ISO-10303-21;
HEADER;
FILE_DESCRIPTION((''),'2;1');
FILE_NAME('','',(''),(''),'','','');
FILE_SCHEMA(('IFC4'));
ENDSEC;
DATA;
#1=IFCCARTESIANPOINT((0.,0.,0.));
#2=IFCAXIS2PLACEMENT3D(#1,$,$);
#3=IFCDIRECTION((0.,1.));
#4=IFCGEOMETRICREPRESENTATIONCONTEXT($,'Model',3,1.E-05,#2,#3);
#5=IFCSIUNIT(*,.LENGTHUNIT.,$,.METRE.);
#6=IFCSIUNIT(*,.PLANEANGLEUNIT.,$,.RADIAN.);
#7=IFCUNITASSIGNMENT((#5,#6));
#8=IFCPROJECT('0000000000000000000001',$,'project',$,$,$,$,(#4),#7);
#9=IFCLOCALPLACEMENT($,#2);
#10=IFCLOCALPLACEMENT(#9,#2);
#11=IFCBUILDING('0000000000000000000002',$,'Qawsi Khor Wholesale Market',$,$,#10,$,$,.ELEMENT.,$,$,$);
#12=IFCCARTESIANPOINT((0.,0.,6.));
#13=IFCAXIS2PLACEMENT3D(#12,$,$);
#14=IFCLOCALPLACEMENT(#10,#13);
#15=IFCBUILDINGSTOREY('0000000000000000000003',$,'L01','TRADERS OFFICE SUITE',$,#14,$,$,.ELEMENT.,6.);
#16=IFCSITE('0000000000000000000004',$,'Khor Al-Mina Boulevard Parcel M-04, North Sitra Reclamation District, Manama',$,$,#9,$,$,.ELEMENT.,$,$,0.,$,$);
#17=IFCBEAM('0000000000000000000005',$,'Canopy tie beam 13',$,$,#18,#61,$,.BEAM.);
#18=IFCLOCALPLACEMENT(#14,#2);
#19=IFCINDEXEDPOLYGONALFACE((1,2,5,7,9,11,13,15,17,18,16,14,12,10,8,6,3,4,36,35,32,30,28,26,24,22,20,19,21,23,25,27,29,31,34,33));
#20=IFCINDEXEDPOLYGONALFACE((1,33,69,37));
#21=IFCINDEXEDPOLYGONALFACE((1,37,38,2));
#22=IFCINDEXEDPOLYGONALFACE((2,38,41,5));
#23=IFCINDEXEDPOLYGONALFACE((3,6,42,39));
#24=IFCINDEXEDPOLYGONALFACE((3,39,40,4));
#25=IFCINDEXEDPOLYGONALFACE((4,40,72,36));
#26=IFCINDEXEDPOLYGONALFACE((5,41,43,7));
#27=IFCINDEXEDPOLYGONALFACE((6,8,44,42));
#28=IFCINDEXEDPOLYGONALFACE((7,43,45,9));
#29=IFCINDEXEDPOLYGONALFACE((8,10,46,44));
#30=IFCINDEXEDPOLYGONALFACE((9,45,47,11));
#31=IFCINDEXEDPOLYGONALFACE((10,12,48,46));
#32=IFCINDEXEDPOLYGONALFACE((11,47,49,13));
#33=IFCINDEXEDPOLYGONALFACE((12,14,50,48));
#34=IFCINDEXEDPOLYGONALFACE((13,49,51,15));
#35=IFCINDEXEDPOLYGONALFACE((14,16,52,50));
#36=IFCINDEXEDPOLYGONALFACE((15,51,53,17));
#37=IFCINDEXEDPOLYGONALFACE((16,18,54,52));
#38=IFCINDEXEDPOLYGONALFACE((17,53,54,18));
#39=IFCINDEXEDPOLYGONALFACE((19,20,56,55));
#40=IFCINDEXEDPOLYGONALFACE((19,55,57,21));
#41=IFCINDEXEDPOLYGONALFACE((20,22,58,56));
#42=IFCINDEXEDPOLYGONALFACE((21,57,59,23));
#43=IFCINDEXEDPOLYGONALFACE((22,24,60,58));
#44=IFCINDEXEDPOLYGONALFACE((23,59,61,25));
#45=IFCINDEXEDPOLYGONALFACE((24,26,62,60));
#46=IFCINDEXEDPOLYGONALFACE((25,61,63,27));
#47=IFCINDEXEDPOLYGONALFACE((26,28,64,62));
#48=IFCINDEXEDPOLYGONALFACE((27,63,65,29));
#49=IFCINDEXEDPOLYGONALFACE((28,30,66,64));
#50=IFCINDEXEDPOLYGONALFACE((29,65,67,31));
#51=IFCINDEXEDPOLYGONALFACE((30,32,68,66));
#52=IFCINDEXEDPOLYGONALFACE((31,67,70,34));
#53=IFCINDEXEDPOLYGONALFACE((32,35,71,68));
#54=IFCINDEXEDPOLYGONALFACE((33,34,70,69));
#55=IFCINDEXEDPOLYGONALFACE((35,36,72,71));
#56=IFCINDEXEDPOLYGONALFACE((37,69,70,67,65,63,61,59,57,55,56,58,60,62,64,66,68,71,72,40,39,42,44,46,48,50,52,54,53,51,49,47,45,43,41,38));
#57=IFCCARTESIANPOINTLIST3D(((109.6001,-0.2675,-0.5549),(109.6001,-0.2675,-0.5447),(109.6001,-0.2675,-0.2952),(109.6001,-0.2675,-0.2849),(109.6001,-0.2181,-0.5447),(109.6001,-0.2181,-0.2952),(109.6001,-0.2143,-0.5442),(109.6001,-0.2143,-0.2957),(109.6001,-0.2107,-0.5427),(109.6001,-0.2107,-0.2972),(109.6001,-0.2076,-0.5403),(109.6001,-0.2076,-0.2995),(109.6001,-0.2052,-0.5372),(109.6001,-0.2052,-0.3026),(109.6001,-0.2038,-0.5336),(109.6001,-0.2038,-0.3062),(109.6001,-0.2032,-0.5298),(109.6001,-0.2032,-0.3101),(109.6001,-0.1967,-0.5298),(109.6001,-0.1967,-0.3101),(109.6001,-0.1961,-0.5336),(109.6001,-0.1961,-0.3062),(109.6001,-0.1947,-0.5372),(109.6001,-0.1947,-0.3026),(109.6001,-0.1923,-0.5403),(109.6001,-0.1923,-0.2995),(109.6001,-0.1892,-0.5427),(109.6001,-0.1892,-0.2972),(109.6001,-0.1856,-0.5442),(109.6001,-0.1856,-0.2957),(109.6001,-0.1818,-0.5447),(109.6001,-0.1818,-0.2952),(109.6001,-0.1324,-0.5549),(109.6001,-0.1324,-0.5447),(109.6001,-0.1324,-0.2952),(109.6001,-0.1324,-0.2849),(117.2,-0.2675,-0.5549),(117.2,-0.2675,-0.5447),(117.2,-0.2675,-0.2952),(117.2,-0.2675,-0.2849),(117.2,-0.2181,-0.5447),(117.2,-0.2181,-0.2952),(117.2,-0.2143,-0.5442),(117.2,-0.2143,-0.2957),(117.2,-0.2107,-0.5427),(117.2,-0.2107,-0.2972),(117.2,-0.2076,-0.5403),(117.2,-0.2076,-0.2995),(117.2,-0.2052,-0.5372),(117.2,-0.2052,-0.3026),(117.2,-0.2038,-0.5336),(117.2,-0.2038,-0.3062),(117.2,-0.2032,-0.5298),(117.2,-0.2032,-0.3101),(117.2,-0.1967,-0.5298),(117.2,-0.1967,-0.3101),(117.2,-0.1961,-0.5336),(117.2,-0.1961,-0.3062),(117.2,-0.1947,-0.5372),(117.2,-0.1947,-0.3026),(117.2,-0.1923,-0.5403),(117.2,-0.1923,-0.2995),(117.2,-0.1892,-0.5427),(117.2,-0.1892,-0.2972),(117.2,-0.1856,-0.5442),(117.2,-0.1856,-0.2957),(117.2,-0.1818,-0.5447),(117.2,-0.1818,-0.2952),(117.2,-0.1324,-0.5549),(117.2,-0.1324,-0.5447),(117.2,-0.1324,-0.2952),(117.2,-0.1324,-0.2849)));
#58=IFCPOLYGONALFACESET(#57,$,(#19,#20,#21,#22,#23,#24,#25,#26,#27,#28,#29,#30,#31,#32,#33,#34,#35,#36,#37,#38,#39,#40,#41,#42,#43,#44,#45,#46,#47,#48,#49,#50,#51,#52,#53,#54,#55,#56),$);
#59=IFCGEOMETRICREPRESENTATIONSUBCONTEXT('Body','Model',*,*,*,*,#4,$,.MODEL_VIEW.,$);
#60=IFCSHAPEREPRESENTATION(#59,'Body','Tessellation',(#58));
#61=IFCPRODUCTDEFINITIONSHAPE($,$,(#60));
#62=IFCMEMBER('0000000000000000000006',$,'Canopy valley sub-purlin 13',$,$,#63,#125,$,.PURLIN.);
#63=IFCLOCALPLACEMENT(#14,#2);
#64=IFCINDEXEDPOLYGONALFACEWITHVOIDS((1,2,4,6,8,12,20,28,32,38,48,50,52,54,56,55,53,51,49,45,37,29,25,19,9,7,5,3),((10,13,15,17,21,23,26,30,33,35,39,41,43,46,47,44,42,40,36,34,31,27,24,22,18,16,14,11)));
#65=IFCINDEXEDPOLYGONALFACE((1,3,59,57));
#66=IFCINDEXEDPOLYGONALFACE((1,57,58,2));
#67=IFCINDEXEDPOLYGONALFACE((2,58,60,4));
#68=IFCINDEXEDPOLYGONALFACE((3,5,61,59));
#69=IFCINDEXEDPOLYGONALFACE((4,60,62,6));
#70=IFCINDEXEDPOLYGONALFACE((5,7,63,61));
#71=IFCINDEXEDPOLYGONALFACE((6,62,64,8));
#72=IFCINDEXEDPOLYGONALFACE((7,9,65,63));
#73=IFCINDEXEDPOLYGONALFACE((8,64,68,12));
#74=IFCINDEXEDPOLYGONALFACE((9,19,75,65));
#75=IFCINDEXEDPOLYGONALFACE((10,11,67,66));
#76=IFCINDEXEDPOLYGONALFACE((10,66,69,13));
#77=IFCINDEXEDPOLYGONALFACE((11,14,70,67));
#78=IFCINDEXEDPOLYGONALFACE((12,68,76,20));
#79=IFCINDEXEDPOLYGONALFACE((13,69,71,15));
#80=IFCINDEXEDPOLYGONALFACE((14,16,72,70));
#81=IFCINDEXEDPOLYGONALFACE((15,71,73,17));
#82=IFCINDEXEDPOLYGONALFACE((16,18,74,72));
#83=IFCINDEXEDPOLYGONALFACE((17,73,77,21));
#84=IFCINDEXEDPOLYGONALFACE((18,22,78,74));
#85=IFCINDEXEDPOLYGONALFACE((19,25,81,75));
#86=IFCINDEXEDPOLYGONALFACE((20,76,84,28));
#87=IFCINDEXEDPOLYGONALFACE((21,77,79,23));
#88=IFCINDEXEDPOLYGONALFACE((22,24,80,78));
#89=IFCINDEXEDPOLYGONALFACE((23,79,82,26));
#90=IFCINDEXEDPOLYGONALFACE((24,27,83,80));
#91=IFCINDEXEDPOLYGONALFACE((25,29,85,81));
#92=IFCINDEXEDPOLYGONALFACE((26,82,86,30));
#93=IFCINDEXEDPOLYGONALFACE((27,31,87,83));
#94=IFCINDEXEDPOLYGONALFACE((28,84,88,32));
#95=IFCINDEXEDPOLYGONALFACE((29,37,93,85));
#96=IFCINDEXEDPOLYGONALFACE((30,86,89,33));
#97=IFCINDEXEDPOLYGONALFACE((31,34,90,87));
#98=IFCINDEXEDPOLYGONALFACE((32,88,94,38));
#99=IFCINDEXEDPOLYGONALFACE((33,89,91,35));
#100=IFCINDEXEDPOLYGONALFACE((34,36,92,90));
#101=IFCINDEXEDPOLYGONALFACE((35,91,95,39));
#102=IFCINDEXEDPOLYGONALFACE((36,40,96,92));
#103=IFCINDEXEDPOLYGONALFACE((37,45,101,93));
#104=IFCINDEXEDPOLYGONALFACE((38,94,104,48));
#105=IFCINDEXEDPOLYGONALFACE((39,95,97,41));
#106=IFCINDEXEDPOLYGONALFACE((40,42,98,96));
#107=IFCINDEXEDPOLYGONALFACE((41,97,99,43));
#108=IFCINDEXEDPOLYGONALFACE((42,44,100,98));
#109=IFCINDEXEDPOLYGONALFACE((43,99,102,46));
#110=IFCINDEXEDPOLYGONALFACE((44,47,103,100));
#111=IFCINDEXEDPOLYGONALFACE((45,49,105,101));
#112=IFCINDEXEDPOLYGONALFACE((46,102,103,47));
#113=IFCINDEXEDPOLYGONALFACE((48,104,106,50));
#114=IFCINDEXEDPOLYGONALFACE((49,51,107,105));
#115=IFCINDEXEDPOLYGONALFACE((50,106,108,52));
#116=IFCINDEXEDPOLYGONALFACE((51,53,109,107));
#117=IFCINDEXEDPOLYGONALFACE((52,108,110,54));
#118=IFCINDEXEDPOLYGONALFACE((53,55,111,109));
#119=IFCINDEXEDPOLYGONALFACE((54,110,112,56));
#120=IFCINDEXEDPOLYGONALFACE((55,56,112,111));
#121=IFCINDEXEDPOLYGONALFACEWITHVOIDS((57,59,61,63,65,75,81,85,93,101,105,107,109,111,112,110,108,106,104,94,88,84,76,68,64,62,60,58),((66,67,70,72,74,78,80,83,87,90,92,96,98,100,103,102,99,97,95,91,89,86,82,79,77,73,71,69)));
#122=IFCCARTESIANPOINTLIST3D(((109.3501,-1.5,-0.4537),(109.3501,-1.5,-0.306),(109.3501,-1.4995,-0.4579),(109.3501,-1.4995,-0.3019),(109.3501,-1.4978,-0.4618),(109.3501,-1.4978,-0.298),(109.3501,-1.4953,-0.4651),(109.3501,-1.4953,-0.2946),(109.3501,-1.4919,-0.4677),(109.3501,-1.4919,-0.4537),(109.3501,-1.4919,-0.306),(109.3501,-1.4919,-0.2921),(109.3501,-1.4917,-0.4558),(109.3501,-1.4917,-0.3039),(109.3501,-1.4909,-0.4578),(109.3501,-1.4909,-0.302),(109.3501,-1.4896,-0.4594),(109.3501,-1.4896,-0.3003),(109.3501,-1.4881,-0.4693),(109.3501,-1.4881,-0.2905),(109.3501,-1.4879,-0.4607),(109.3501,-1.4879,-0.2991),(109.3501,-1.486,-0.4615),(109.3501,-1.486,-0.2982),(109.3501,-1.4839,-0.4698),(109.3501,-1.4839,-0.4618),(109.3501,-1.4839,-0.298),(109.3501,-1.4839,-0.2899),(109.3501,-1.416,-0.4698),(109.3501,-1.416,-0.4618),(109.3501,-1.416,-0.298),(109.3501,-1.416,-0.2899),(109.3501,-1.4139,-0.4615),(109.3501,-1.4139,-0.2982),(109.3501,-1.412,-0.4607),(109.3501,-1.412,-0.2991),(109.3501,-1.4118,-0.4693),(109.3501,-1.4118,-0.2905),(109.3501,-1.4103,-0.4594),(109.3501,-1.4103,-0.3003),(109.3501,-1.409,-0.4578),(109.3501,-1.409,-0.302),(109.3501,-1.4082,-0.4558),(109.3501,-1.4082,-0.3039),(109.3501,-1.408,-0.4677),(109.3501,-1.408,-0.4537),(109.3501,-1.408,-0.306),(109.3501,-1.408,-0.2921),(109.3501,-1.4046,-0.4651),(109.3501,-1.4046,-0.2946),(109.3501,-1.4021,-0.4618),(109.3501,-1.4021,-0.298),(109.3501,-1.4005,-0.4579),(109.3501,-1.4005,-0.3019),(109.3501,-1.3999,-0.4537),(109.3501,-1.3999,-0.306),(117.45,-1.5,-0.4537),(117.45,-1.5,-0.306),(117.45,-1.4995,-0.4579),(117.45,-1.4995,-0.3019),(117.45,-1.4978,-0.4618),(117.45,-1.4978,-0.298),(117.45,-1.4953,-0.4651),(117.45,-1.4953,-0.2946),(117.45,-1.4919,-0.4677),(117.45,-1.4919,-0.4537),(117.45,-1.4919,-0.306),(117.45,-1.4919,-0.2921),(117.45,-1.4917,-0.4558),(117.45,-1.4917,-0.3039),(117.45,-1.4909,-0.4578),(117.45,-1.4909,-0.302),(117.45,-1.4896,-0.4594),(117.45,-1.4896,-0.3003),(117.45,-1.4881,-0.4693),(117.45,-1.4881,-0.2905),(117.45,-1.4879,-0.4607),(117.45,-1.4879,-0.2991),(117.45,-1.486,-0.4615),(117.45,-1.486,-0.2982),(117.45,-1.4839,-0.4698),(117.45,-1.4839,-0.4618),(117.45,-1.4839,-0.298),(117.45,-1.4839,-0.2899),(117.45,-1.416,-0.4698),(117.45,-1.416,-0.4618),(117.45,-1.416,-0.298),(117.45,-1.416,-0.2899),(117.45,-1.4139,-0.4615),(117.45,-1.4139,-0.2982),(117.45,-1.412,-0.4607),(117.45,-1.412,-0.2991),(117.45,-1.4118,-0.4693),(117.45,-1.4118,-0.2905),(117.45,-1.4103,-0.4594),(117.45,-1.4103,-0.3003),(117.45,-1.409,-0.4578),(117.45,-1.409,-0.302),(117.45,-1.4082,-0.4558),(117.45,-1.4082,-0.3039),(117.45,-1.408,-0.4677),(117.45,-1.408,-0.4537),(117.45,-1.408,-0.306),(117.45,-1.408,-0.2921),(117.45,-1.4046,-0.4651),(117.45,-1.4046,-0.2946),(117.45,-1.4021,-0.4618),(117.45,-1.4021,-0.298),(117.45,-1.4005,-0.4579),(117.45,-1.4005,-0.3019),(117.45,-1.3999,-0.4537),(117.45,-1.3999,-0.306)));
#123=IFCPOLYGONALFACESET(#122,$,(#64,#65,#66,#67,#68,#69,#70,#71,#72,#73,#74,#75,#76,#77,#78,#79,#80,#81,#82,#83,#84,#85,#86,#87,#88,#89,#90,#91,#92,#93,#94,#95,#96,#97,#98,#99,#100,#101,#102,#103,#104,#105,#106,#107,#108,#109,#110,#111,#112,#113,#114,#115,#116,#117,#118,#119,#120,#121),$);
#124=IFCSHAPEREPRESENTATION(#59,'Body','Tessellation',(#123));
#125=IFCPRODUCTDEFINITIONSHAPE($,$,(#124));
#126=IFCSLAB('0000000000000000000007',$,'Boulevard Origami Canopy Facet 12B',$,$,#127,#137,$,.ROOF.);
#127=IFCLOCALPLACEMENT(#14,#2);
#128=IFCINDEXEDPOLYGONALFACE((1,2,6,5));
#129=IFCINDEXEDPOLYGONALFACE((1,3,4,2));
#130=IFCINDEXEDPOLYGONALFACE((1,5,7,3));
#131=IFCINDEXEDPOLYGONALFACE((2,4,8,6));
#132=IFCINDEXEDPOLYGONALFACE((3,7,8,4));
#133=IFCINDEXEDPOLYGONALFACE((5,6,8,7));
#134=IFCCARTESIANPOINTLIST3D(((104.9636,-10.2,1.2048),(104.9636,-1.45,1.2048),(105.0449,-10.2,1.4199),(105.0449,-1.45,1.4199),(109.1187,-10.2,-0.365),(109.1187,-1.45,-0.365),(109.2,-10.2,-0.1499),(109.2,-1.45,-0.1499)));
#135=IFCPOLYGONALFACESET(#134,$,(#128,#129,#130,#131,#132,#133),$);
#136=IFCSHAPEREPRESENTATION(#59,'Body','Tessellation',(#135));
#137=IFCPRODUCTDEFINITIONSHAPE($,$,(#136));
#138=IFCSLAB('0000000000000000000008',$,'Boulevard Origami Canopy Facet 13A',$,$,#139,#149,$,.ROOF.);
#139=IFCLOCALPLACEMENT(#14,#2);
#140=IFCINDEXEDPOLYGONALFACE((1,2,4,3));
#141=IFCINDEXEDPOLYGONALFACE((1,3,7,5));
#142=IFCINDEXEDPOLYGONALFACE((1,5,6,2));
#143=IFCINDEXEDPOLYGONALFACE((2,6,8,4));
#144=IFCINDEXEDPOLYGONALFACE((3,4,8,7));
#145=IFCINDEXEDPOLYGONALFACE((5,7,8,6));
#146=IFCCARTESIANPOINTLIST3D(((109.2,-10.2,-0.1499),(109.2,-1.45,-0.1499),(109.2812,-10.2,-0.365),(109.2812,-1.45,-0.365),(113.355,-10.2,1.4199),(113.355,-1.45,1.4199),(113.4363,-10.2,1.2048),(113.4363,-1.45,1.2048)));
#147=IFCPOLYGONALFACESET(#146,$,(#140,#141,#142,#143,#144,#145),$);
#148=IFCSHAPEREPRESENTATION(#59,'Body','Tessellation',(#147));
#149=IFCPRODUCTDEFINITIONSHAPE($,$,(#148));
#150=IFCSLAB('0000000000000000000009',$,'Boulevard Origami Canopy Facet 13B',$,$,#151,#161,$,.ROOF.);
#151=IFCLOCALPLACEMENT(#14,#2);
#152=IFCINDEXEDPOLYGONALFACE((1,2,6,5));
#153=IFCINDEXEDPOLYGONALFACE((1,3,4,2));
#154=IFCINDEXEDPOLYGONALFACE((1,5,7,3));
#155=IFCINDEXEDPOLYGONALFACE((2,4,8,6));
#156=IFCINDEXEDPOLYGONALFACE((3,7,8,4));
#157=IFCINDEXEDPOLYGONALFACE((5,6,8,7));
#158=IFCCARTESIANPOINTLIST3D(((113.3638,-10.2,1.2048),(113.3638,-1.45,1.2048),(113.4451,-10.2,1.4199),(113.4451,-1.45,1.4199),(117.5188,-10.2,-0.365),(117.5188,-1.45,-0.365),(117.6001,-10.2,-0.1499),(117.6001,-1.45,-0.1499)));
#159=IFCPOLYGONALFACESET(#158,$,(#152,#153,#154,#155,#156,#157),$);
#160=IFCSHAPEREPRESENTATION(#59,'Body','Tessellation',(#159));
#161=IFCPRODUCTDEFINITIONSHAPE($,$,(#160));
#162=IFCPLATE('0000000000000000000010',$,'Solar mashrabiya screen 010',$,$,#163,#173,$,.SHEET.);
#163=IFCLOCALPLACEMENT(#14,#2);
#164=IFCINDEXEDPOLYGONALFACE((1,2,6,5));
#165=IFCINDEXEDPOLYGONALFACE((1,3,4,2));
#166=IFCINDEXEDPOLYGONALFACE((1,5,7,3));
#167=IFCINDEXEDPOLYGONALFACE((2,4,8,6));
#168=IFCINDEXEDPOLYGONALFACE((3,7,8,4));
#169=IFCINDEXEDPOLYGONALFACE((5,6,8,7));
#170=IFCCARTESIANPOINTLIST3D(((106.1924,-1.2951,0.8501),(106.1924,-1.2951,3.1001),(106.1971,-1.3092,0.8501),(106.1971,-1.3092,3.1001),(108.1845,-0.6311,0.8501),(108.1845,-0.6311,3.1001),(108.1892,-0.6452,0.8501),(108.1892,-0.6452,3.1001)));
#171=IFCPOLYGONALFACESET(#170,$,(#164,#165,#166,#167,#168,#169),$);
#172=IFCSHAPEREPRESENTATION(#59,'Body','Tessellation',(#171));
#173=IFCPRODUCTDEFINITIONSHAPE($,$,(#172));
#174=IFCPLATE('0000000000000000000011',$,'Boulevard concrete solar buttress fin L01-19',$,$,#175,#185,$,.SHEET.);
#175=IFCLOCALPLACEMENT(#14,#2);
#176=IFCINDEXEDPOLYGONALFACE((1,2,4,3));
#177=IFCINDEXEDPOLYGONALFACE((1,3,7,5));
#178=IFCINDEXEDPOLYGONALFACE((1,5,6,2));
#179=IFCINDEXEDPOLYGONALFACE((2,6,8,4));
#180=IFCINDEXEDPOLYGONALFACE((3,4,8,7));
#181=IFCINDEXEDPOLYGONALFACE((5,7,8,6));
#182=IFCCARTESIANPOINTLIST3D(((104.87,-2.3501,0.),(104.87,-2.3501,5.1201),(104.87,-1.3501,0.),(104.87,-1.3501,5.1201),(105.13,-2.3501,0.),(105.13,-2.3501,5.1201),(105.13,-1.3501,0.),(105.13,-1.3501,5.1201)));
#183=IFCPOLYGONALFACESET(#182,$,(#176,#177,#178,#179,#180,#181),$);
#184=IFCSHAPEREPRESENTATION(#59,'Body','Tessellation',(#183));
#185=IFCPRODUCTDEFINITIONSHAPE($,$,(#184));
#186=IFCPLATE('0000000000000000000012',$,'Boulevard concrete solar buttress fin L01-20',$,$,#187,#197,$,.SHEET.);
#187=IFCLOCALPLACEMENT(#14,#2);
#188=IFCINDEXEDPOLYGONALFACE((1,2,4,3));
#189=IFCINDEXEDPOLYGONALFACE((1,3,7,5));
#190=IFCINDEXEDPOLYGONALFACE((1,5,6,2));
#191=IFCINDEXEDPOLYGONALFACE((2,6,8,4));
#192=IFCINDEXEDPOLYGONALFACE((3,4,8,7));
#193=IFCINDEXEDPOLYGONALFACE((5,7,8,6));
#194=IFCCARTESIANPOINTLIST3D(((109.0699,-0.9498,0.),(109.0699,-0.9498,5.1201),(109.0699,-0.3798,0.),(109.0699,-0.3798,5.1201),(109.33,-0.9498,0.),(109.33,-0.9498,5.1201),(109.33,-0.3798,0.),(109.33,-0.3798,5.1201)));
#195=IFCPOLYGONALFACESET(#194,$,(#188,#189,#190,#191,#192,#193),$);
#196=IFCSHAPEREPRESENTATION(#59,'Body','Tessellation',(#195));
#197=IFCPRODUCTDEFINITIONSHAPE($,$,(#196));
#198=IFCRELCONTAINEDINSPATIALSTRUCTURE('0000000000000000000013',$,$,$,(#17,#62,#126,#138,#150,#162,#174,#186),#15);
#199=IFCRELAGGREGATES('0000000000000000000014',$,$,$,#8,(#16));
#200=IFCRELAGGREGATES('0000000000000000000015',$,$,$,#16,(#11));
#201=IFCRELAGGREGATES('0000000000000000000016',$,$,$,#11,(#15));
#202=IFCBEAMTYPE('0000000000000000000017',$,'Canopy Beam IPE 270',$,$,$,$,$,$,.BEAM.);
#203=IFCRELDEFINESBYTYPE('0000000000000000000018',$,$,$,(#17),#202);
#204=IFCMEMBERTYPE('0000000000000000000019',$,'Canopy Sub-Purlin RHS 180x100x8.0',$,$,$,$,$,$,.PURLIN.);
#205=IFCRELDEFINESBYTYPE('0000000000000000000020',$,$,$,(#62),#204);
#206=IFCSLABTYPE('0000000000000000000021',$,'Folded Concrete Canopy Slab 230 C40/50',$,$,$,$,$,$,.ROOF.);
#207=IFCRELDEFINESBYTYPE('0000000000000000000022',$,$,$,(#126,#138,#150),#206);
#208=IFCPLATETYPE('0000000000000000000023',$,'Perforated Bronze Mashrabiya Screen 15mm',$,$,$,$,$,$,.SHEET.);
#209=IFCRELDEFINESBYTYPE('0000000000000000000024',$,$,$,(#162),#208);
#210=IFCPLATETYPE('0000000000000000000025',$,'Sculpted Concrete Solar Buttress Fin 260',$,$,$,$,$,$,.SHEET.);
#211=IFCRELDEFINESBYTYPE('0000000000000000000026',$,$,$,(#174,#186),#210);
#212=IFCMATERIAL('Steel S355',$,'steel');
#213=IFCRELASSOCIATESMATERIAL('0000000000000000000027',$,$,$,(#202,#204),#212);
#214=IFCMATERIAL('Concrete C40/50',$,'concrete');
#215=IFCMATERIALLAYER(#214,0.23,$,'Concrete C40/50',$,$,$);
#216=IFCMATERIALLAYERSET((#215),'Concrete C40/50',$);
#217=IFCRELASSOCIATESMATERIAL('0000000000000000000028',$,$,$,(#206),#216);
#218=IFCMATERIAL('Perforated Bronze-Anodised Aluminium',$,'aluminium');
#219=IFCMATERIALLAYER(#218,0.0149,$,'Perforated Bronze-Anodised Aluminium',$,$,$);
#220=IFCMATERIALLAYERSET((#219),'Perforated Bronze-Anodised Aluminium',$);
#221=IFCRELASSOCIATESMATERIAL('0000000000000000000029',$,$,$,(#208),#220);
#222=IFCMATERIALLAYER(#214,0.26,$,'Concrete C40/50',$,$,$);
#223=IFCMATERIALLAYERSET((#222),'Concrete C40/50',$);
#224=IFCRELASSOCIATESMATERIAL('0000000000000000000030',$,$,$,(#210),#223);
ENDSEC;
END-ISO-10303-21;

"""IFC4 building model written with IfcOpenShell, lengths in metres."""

from ifc_helpers import new_model, si_unit, direction, frame, frame_2d, origin, origin_2d, place, context, subcontext, project, spatial, polyline, rectangle, hollow_rectangle, i_section, outline, extrude, material, layer, layer_set, material_profile, profile_set, type_object, element, save


model = new_model("IFC4")

# Units and contexts
model_context = context("Model", 3, precision=1e-05, world=origin(), true_north=direction((0.0, 1.0)))
body_context = subcontext(model_context, "Body", "Model", "MODEL_VIEW")
ifc_project = project(units=[si_unit("LENGTHUNIT", "METRE"), si_unit("PLANEANGLEUNIT", "RADIAN")], contexts=[model_context])

# Site, building, storey
site_placement = place(None, origin())
site = spatial("IfcSite", under=ifc_project, at=site_placement, Name="Khor Al-Mina Boulevard Parcel M-04, North Sitra Reclamation District, Manama", CompositionType="ELEMENT", RefElevation=0.0)
building_placement = place(site_placement, origin())
building = spatial("IfcBuilding", under=site, at=building_placement, Name="Qawsi Khor Wholesale Market", CompositionType="ELEMENT")
storey_placement = place(building_placement, frame((0.0, 0.0, 6.0)))
storey = spatial("IfcBuildingStorey", under=building, at=storey_placement, Name="L01", Description="TRADERS OFFICE SUITE", CompositionType="ELEMENT", Elevation=6.0)

# Beam
ifc_material_1 = material(Name="Steel S355", Category="steel")
ifc_material_profile_1 = material_profile(ifc_material_1, i_section(OverallWidth=0.135, OverallDepth=0.27, WebThickness=0.0066, FlangeThickness=0.0103, FilletRadius=0.0149, at=origin_2d()), Name="IPE 270")
ifc_profile_set_1 = profile_set([ifc_material_profile_1], Name="Steel S355")
beam_type = type_object("IfcBeamType", Name="Canopy Beam IPE 270", PredefinedType="BEAM", material=ifc_profile_set_1)
beam_placement = place(storey_placement, frame((109.6001, -0.2, -0.4199), z_axis=(1.0, 0.0, 0.0), x_axis=(0.0, 1.0, 0.0)))
element("IfcBeam", 1, at=beam_placement, inside=storey, type_object=beam_type, Name="Canopy tie beam 13", PredefinedType="BEAM", context=body_context, shape_type="SweptSolid", body=[
    extrude(i_section(OverallWidth=0.135, OverallDepth=0.27, WebThickness=0.0066, FlangeThickness=0.0103, FilletRadius=0.0149, at=origin_2d()), origin(), (0.0, 0.0, 1.0), 7.5999),
])

# Member
ifc_material_profile_2 = material_profile(ifc_material_1, hollow_rectangle(XDim=0.1001, YDim=0.1799, WallThickness=0.0081, InnerFilletRadius=0.0081, OuterFilletRadius=0.0161, at=origin_2d()), Name="RHS 180x100x8.0")
ifc_profile_set_2 = profile_set([ifc_material_profile_2], Name="Steel S355")
member_type = type_object("IfcMemberType", Name="Canopy Sub-Purlin RHS 180x100x8.0", PredefinedType="PURLIN", material=ifc_profile_set_2)
member_placement = place(storey_placement, frame((109.3501, -1.45, -0.3799), z_axis=(1.0, 0.0, 0.0), x_axis=(0.0, 1.0, 0.0)))
element("IfcMember", 2, at=member_placement, inside=storey, type_object=member_type, Name="Canopy valley sub-purlin 13", PredefinedType="PURLIN", context=body_context, shape_type="SweptSolid", body=[
    extrude(hollow_rectangle(XDim=0.1001, YDim=0.1799, WallThickness=0.0081, InnerFilletRadius=0.0081, OuterFilletRadius=0.0161, at=origin_2d()), origin(), (0.0, 0.0, 1.0), 8.0999),
])

# Slabs
ifc_material_2 = material(Name="Concrete C40/50", Category="concrete")
ifc_layer_1 = layer(ifc_material_2, 0.23, Name="Concrete C40/50")
ifc_layer_set_1 = layer_set([ifc_layer_1], Name="Concrete C40/50")
slab_type = type_object("IfcSlabType", Name="Folded Concrete Canopy Slab 230 C40/50", PredefinedType="ROOF", material=ifc_layer_set_1)
for number, where, z_axis, x_axis, name in (
    (3, (105.0449, -10.2, 1.4199), (0.353429, 0.0, 0.935461), (0.935461, 0.0, -0.353429), "Boulevard Origami Canopy Facet 12B"),
    (4, (109.2, -10.2, -0.1499), (-0.353429, 0.0, 0.935461), (0.935461, 0.0, 0.353429), "Boulevard Origami Canopy Facet 13A"),
    (5, (113.4451, -10.2, 1.4199), (0.353429, 0.0, 0.935461), (0.935461, 0.0, -0.353429), "Boulevard Origami Canopy Facet 13B"),
):
    element("IfcSlab", number, at=place(storey_placement, frame(where, z_axis=z_axis, x_axis=x_axis)), inside=storey, type_object=slab_type, Name=name, PredefinedType="ROOF", context=body_context, shape_type="SweptSolid", body=[
        extrude(outline(polyline([(0.0, 0.0), (4.4417, 0.0), (4.4417, 8.75), (0.0, 8.75), (0.0, 0.0)])), origin(), (0.0, 0.0, -1.0), 0.23),
    ])

# Plates
ifc_material_3 = material(Name="Perforated Bronze-Anodised Aluminium", Category="aluminium")
ifc_layer_2 = layer(ifc_material_3, 0.0149, Name="Perforated Bronze-Anodised Aluminium")
ifc_layer_set_2 = layer_set([ifc_layer_2], Name="Perforated Bronze-Anodised Aluminium")
plate_type_1 = type_object("IfcPlateType", Name="Perforated Bronze Mashrabiya Screen 15mm", PredefinedType="SHEET", material=ifc_layer_set_2)
plate_1_placement = place(storey_placement, frame((108.1868, -0.6382, 0.8501), z_axis=(0.0, 0.0, 1.0), x_axis=(-0.948683, -0.316228, 0.0)))
element("IfcPlate", 6, at=plate_1_placement, inside=storey, type_object=plate_type_1, Name="Solar mashrabiya screen 010", PredefinedType="SHEET", context=body_context, shape_type="SweptSolid", body=[
    extrude(rectangle(XDim=2.0999, YDim=0.0149, at=frame_2d((1.0498, 0.0))), origin(), (0.0, 0.0, 1.0), 2.25),
])
ifc_layer_3 = layer(ifc_material_2, 0.26, Name="Concrete C40/50")
ifc_layer_set_3 = layer_set([ifc_layer_3], Name="Concrete C40/50")
plate_type_2 = type_object("IfcPlateType", Name="Sculpted Concrete Solar Buttress Fin 260", PredefinedType="SHEET", material=ifc_layer_set_3)
plate_2_placement = place(storey_placement, frame((105.0, -2.3501, 0.0), z_axis=(0.0, 0.0, 1.0), x_axis=(0.0, 1.0, 0.0)))
element("IfcPlate", 7, at=plate_2_placement, inside=storey, type_object=plate_type_2, Name="Boulevard concrete solar buttress fin L01-19", PredefinedType="SHEET", context=body_context, shape_type="SweptSolid", body=[
    extrude(rectangle(XDim=1.0, YDim=0.26, at=frame_2d((0.5, 0.0))), origin(), (0.0, 0.0, 1.0), 5.1201),
])
plate_3_placement = place(storey_placement, frame((109.2, -0.95, 0.0), z_axis=(0.0, 0.0, 1.0), x_axis=(0.0, 1.0, 0.0)))
element("IfcPlate", 8, at=plate_3_placement, inside=storey, type_object=plate_type_2, Name="Boulevard concrete solar buttress fin L01-20", PredefinedType="SHEET", context=body_context, shape_type="SweptSolid", body=[
    extrude(rectangle(XDim=0.5701, YDim=0.26, at=frame_2d((0.2852, 0.0))), origin(), (0.0, 0.0, 1.0), 5.1201),
])

save(model, "model.ifc")
